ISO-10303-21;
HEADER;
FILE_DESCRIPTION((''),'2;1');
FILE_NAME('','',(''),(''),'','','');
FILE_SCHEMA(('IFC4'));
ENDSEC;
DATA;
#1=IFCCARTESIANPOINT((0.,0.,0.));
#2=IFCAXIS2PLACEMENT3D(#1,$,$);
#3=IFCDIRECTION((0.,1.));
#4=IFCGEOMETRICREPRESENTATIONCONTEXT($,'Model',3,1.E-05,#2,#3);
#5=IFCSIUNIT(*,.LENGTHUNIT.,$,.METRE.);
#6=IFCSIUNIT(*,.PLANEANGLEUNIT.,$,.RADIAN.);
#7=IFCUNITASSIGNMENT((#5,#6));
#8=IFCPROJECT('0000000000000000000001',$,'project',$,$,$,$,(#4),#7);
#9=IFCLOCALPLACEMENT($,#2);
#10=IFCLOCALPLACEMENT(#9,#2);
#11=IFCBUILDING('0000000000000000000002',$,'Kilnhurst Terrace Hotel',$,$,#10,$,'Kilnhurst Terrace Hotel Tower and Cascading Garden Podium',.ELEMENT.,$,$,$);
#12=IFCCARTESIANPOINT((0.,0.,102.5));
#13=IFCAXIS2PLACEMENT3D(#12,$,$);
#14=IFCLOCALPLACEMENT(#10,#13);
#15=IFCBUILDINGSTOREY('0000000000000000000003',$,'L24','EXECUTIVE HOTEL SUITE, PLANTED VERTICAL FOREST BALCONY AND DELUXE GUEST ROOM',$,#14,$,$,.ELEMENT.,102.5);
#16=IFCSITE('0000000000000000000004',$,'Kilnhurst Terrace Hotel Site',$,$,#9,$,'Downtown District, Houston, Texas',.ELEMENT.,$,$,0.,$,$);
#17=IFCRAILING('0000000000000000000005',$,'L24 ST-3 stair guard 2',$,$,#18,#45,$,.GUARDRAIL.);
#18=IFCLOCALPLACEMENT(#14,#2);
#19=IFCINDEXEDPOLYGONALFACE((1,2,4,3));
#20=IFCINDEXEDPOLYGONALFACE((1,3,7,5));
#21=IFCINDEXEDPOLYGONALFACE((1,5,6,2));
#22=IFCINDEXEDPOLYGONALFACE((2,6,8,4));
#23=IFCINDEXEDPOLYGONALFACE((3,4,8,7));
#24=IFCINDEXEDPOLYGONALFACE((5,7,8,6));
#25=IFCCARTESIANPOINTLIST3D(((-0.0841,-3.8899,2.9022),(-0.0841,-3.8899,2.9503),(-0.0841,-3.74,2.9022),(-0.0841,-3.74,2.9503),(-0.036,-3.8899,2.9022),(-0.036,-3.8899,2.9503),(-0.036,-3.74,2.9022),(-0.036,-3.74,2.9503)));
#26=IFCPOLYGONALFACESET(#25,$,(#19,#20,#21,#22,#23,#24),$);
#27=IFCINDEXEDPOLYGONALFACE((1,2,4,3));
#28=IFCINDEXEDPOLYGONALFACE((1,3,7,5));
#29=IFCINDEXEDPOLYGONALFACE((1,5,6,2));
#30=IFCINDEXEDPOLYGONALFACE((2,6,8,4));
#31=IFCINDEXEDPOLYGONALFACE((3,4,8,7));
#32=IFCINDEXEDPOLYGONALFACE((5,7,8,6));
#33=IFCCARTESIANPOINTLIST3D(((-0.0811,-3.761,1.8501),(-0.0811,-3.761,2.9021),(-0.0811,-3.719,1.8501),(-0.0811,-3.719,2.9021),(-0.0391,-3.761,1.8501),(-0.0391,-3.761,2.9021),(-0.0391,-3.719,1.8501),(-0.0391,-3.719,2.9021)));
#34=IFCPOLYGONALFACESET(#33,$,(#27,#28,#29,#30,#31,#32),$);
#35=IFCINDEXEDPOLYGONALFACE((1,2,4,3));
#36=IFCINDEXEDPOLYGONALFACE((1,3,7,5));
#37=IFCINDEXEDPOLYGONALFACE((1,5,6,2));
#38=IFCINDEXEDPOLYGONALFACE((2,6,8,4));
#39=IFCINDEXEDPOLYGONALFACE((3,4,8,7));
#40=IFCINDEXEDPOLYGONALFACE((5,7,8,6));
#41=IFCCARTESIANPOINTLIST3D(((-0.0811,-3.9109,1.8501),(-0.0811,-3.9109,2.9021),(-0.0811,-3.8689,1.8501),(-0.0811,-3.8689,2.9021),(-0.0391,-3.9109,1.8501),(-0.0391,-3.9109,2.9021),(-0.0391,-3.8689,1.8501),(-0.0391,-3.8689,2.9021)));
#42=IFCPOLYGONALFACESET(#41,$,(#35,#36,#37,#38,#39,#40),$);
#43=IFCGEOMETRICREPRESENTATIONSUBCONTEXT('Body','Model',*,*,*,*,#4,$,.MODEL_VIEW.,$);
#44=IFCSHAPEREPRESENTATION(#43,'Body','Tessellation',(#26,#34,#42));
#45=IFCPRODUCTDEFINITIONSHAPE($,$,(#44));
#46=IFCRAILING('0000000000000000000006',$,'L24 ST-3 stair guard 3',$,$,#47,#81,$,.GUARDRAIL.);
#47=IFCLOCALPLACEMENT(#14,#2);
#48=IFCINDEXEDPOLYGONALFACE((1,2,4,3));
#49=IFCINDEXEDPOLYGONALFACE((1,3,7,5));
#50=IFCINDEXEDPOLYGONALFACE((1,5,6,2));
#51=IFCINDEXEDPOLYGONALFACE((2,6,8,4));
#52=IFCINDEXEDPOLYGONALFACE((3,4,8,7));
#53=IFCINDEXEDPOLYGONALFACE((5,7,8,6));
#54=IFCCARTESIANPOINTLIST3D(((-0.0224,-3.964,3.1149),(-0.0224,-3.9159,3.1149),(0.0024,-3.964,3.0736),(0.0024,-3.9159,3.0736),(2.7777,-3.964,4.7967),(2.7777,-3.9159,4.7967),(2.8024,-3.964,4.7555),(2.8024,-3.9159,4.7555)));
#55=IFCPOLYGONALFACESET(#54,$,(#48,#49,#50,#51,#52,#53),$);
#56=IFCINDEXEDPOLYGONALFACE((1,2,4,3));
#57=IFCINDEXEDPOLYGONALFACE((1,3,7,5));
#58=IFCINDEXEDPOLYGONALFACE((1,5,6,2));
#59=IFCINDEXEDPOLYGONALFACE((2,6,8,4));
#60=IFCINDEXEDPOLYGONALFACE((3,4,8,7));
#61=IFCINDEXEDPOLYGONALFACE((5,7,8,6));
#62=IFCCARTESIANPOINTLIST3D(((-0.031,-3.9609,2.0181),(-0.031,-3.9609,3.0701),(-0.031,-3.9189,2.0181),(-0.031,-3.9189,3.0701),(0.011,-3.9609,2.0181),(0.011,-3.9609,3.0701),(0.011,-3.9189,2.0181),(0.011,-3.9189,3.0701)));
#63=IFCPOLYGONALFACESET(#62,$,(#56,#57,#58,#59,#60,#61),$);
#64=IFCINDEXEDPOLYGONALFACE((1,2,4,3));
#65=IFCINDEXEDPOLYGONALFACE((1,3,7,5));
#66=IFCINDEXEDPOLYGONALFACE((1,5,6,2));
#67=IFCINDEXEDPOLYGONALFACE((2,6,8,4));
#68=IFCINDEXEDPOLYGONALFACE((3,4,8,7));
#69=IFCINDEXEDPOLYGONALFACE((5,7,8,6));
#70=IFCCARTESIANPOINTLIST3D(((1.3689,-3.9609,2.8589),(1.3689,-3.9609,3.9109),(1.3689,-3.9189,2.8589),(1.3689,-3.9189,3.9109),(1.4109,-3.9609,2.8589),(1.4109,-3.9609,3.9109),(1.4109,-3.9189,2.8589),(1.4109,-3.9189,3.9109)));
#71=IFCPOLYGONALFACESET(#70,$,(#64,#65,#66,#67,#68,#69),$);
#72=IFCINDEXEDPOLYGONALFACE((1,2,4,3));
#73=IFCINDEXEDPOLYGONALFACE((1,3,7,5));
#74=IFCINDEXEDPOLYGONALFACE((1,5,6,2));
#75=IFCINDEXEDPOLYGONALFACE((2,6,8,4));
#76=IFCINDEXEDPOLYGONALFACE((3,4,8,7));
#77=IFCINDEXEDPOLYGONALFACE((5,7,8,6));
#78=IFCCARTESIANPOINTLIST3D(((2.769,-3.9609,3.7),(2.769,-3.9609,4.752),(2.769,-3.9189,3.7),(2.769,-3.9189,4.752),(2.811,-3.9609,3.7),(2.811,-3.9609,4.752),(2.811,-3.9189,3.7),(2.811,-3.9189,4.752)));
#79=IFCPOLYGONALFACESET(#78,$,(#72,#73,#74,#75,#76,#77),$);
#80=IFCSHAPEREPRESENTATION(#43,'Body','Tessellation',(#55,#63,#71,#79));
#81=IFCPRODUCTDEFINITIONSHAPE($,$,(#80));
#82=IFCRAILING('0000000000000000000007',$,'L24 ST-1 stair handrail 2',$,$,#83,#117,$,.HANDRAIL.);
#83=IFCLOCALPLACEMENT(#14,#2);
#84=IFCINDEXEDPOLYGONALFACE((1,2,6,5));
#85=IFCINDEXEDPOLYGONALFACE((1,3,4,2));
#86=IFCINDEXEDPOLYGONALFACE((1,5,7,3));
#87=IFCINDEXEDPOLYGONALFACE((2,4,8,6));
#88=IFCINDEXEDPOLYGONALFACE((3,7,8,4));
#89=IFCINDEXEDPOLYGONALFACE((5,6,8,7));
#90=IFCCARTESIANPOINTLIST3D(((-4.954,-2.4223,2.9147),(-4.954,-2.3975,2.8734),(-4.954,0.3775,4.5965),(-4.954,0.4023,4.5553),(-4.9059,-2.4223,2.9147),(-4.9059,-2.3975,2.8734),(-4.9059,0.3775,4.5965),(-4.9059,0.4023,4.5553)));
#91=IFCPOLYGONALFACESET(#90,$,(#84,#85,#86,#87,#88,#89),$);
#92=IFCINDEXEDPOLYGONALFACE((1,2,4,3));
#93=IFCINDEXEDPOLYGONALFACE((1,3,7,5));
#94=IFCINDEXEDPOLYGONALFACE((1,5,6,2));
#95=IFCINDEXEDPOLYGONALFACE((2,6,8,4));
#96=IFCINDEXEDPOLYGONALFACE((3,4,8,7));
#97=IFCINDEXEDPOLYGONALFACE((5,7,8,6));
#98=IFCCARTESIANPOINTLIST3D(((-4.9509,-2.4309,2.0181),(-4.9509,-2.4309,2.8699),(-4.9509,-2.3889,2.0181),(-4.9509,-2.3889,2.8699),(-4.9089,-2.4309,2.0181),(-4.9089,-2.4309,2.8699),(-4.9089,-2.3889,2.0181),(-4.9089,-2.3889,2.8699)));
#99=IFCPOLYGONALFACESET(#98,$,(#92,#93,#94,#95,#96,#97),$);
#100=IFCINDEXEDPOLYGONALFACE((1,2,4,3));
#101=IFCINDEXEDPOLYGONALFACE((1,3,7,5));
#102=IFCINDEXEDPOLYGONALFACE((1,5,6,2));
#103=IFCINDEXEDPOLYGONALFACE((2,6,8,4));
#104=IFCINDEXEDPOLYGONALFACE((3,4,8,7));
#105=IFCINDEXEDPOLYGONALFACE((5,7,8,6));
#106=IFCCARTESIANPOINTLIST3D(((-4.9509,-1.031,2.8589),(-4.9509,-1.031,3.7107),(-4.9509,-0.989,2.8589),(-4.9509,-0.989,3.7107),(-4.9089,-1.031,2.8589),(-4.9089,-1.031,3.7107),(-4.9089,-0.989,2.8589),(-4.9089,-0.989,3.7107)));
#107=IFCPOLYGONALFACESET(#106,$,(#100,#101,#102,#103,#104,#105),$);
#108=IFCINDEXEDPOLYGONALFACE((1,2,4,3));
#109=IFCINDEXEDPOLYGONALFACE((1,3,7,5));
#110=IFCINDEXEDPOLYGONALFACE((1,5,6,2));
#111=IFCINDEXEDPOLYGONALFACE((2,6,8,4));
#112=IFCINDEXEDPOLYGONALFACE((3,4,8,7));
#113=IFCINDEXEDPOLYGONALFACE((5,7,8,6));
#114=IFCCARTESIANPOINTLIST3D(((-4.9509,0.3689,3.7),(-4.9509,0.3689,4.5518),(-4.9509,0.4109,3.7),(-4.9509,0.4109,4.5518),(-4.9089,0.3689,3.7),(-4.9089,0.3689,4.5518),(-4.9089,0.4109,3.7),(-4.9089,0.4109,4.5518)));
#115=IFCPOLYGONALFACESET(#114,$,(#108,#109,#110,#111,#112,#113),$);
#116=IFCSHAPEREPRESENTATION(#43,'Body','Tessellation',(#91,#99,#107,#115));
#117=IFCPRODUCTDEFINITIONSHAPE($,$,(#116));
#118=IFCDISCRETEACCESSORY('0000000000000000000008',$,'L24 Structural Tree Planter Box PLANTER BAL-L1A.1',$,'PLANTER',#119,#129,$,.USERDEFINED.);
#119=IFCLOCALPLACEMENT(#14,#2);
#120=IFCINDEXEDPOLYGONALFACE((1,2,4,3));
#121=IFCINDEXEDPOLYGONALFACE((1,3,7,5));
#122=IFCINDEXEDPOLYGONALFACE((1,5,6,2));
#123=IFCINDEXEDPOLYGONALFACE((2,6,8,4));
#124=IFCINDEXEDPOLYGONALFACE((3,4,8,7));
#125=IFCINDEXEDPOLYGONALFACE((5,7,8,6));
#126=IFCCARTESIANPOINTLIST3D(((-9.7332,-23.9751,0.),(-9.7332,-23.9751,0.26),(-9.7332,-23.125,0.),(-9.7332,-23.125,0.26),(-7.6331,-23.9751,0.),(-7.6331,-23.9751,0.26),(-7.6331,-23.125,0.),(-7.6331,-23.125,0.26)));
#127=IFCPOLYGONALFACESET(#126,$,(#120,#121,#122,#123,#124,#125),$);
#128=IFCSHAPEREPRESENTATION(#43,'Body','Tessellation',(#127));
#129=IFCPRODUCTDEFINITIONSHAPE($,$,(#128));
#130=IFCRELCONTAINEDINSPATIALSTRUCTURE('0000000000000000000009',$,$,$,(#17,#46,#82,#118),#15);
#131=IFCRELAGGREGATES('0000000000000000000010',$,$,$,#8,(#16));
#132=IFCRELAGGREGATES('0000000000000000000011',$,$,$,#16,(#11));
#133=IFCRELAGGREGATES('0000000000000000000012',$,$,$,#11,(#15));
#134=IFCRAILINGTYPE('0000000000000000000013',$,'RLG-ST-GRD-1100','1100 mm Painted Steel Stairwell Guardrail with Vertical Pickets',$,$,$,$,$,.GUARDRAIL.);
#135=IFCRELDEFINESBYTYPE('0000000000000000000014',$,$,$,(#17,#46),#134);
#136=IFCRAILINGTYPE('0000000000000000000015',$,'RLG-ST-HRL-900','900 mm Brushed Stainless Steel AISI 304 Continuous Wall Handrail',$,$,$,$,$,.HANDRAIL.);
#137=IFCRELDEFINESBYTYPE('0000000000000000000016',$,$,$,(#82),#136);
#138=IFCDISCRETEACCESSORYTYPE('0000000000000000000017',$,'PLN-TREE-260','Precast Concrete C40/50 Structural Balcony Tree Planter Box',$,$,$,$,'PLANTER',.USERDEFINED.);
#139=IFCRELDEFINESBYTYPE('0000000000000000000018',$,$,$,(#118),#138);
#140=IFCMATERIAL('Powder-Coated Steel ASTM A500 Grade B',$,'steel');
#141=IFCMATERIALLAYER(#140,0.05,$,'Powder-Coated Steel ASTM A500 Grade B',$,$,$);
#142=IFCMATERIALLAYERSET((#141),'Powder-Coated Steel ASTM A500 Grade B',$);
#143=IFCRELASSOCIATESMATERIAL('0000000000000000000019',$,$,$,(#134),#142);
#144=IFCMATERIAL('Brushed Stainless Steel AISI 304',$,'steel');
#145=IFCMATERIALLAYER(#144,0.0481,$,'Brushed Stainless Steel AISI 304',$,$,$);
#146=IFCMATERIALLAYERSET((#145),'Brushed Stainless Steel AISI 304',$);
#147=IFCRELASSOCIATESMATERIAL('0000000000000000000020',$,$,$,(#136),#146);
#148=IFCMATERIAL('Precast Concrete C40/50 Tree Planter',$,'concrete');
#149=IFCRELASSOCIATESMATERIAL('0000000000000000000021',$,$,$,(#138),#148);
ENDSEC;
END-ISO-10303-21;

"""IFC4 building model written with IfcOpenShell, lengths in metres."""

from ifc_helpers import new_model, si_unit, direction, frame, origin, origin_2d, place, context, subcontext, project, spatial, rectangle, extrude, material, layer, layer_set, type_object, element, save


model = new_model("IFC4")

# Units and contexts
model_context = context("Model", 3, precision=1e-05, world=origin(), true_north=direction((0.0, 1.0)))
body_context = subcontext(model_context, "Body", "Model", "MODEL_VIEW")
ifc_project = project(units=[si_unit("LENGTHUNIT", "METRE"), si_unit("PLANEANGLEUNIT", "RADIAN")], contexts=[model_context])

# Site, building, storey
site_placement = place(None, origin())
site = spatial("IfcSite", under=ifc_project, at=site_placement, Name="Kilnhurst Terrace Hotel Site", LongName="Downtown District, Houston, Texas", CompositionType="ELEMENT", RefElevation=0.0)
building_placement = place(site_placement, origin())
building = spatial("IfcBuilding", under=site, at=building_placement, Name="Kilnhurst Terrace Hotel", LongName="Kilnhurst Terrace Hotel Tower and Cascading Garden Podium", CompositionType="ELEMENT")
storey_placement = place(building_placement, frame((0.0, 0.0, 102.5)))
storey = spatial("IfcBuildingStorey", under=building, at=storey_placement, Name="L24", Description="EXECUTIVE HOTEL SUITE, PLANTED VERTICAL FOREST BALCONY AND DELUXE GUEST ROOM", CompositionType="ELEMENT", Elevation=102.5)

# Railings
ifc_material_1 = material(Name="Powder-Coated Steel ASTM A500 Grade B", Category="steel")
ifc_layer_1 = layer(ifc_material_1, 0.05, Name="Powder-Coated Steel ASTM A500 Grade B")
ifc_layer_set_1 = layer_set([ifc_layer_1], Name="Powder-Coated Steel ASTM A500 Grade B")
railing_type_1 = type_object("IfcRailingType", Name="RLG-ST-GRD-1100", Description="1100 mm Painted Steel Stairwell Guardrail with Vertical Pickets", PredefinedType="GUARDRAIL", material=ifc_layer_set_1)
railing_1_placement = place(storey_placement, frame((-0.0601, -3.74, 1.8501)))
element("IfcRailing", 1, at=railing_1_placement, inside=storey, type_object=railing_type_1, Name="L24 ST-3 stair guard 2", PredefinedType="GUARDRAIL", context=body_context, shape_type="SweptSolid", body=[
    extrude(rectangle(XDim=0.0481, YDim=0.0481, at=origin_2d()), frame((0.0, 0.0, 1.0762), z_axis=(0.0, -1.0, 0.0), x_axis=(1.0, 0.0, 0.0)), (0.0, 0.0, 1.0), 0.1499),
    extrude(rectangle(XDim=0.042, YDim=0.042, at=origin_2d()), origin(), (0.0, 0.0, 1.0), 1.052),
    extrude(rectangle(XDim=0.042, YDim=0.042, at=origin_2d()), frame((0.0, -0.1499, 0.0)), (0.0, 0.0, 1.0), 1.052),
])
railing_2_placement = place(storey_placement, frame((-0.01, -3.9399, 2.0181)))
element("IfcRailing", 2, at=railing_2_placement, inside=storey, type_object=railing_type_1, Name="L24 ST-3 stair guard 3", PredefinedType="GUARDRAIL", context=body_context, shape_type="SweptSolid", body=[
    extrude(rectangle(XDim=0.0481, YDim=0.0481, at=origin_2d()), frame((0.0, 0.0, 1.0762), z_axis=(0.857242, 0.0, 0.514913), x_axis=(0.0, 1.0, 0.0)), (0.0, 0.0, 1.0), 3.2664),
    extrude(rectangle(XDim=0.042, YDim=0.042, at=origin_2d()), origin(), (0.0, 0.0, 1.0), 1.052),
    extrude(rectangle(XDim=0.042, YDim=0.042, at=origin_2d()), frame((1.3999, 0.0, 0.8408)), (0.0, 0.0, 1.0), 1.052),
    extrude(rectangle(XDim=0.042, YDim=0.042, at=origin_2d()), frame((2.8, 0.0, 1.6819)), (0.0, 0.0, 1.0), 1.052),
])
ifc_material_2 = material(Name="Brushed Stainless Steel AISI 304", Category="steel")
ifc_layer_2 = layer(ifc_material_2, 0.0481, Name="Brushed Stainless Steel AISI 304")
ifc_layer_set_2 = layer_set([ifc_layer_2], Name="Brushed Stainless Steel AISI 304")
railing_type_2 = type_object("IfcRailingType", Name="RLG-ST-HRL-900", Description="900 mm Brushed Stainless Steel AISI 304 Continuous Wall Handrail", PredefinedType="HANDRAIL", material=ifc_layer_set_2)
railing_3_placement = place(storey_placement, frame((-4.9299, -2.4099, 2.0181)))
element("IfcRailing", 3, at=railing_3_placement, inside=storey, type_object=railing_type_2, Name="L24 ST-1 stair handrail 2", PredefinedType="HANDRAIL", context=body_context, shape_type="SweptSolid", body=[
    extrude(rectangle(XDim=0.0481, YDim=0.0481, at=origin_2d()), frame((0.0, 0.0, 0.876), z_axis=(0.0, 0.857222, 0.514946), x_axis=(-1.0, 0.0, 0.0)), (0.0, 0.0, 1.0), 3.2661),
    extrude(rectangle(XDim=0.042, YDim=0.042, at=origin_2d()), origin(), (0.0, 0.0, 1.0), 0.8518),
    extrude(rectangle(XDim=0.042, YDim=0.042, at=origin_2d()), frame((0.0, 1.3999, 0.8408)), (0.0, 0.0, 1.0), 0.8518),
    extrude(rectangle(XDim=0.042, YDim=0.042, at=origin_2d()), frame((0.0, 2.7998, 1.6819)), (0.0, 0.0, 1.0), 0.8518),
])

# Discrete accessory
ifc_material_3 = material(Name="Precast Concrete C40/50 Tree Planter", Category="concrete")
discrete_accessory_type = type_object("IfcDiscreteAccessoryType", Name="PLN-TREE-260", Description="Precast Concrete C40/50 Structural Balcony Tree Planter Box", ElementType="PLANTER", PredefinedType="USERDEFINED", material=ifc_material_3)
discrete_accessory_placement = place(storey_placement, frame((-8.6831, -23.55, 0.0), z_axis=(0.0, 0.0, 1.0), x_axis=(1.0, 0.0, 0.0)))
element("IfcDiscreteAccessory", 4, at=discrete_accessory_placement, inside=storey, type_object=discrete_accessory_type, Name="L24 Structural Tree Planter Box PLANTER BAL-L1A.1", ObjectType="PLANTER", PredefinedType="USERDEFINED", context=body_context, shape_type="SweptSolid", body=[
    extrude(rectangle(XDim=2.1001, YDim=0.8501, at=origin_2d()), origin(), (0.0, 0.0, 1.0), 0.26),
])

save(model, "model.ifc")
